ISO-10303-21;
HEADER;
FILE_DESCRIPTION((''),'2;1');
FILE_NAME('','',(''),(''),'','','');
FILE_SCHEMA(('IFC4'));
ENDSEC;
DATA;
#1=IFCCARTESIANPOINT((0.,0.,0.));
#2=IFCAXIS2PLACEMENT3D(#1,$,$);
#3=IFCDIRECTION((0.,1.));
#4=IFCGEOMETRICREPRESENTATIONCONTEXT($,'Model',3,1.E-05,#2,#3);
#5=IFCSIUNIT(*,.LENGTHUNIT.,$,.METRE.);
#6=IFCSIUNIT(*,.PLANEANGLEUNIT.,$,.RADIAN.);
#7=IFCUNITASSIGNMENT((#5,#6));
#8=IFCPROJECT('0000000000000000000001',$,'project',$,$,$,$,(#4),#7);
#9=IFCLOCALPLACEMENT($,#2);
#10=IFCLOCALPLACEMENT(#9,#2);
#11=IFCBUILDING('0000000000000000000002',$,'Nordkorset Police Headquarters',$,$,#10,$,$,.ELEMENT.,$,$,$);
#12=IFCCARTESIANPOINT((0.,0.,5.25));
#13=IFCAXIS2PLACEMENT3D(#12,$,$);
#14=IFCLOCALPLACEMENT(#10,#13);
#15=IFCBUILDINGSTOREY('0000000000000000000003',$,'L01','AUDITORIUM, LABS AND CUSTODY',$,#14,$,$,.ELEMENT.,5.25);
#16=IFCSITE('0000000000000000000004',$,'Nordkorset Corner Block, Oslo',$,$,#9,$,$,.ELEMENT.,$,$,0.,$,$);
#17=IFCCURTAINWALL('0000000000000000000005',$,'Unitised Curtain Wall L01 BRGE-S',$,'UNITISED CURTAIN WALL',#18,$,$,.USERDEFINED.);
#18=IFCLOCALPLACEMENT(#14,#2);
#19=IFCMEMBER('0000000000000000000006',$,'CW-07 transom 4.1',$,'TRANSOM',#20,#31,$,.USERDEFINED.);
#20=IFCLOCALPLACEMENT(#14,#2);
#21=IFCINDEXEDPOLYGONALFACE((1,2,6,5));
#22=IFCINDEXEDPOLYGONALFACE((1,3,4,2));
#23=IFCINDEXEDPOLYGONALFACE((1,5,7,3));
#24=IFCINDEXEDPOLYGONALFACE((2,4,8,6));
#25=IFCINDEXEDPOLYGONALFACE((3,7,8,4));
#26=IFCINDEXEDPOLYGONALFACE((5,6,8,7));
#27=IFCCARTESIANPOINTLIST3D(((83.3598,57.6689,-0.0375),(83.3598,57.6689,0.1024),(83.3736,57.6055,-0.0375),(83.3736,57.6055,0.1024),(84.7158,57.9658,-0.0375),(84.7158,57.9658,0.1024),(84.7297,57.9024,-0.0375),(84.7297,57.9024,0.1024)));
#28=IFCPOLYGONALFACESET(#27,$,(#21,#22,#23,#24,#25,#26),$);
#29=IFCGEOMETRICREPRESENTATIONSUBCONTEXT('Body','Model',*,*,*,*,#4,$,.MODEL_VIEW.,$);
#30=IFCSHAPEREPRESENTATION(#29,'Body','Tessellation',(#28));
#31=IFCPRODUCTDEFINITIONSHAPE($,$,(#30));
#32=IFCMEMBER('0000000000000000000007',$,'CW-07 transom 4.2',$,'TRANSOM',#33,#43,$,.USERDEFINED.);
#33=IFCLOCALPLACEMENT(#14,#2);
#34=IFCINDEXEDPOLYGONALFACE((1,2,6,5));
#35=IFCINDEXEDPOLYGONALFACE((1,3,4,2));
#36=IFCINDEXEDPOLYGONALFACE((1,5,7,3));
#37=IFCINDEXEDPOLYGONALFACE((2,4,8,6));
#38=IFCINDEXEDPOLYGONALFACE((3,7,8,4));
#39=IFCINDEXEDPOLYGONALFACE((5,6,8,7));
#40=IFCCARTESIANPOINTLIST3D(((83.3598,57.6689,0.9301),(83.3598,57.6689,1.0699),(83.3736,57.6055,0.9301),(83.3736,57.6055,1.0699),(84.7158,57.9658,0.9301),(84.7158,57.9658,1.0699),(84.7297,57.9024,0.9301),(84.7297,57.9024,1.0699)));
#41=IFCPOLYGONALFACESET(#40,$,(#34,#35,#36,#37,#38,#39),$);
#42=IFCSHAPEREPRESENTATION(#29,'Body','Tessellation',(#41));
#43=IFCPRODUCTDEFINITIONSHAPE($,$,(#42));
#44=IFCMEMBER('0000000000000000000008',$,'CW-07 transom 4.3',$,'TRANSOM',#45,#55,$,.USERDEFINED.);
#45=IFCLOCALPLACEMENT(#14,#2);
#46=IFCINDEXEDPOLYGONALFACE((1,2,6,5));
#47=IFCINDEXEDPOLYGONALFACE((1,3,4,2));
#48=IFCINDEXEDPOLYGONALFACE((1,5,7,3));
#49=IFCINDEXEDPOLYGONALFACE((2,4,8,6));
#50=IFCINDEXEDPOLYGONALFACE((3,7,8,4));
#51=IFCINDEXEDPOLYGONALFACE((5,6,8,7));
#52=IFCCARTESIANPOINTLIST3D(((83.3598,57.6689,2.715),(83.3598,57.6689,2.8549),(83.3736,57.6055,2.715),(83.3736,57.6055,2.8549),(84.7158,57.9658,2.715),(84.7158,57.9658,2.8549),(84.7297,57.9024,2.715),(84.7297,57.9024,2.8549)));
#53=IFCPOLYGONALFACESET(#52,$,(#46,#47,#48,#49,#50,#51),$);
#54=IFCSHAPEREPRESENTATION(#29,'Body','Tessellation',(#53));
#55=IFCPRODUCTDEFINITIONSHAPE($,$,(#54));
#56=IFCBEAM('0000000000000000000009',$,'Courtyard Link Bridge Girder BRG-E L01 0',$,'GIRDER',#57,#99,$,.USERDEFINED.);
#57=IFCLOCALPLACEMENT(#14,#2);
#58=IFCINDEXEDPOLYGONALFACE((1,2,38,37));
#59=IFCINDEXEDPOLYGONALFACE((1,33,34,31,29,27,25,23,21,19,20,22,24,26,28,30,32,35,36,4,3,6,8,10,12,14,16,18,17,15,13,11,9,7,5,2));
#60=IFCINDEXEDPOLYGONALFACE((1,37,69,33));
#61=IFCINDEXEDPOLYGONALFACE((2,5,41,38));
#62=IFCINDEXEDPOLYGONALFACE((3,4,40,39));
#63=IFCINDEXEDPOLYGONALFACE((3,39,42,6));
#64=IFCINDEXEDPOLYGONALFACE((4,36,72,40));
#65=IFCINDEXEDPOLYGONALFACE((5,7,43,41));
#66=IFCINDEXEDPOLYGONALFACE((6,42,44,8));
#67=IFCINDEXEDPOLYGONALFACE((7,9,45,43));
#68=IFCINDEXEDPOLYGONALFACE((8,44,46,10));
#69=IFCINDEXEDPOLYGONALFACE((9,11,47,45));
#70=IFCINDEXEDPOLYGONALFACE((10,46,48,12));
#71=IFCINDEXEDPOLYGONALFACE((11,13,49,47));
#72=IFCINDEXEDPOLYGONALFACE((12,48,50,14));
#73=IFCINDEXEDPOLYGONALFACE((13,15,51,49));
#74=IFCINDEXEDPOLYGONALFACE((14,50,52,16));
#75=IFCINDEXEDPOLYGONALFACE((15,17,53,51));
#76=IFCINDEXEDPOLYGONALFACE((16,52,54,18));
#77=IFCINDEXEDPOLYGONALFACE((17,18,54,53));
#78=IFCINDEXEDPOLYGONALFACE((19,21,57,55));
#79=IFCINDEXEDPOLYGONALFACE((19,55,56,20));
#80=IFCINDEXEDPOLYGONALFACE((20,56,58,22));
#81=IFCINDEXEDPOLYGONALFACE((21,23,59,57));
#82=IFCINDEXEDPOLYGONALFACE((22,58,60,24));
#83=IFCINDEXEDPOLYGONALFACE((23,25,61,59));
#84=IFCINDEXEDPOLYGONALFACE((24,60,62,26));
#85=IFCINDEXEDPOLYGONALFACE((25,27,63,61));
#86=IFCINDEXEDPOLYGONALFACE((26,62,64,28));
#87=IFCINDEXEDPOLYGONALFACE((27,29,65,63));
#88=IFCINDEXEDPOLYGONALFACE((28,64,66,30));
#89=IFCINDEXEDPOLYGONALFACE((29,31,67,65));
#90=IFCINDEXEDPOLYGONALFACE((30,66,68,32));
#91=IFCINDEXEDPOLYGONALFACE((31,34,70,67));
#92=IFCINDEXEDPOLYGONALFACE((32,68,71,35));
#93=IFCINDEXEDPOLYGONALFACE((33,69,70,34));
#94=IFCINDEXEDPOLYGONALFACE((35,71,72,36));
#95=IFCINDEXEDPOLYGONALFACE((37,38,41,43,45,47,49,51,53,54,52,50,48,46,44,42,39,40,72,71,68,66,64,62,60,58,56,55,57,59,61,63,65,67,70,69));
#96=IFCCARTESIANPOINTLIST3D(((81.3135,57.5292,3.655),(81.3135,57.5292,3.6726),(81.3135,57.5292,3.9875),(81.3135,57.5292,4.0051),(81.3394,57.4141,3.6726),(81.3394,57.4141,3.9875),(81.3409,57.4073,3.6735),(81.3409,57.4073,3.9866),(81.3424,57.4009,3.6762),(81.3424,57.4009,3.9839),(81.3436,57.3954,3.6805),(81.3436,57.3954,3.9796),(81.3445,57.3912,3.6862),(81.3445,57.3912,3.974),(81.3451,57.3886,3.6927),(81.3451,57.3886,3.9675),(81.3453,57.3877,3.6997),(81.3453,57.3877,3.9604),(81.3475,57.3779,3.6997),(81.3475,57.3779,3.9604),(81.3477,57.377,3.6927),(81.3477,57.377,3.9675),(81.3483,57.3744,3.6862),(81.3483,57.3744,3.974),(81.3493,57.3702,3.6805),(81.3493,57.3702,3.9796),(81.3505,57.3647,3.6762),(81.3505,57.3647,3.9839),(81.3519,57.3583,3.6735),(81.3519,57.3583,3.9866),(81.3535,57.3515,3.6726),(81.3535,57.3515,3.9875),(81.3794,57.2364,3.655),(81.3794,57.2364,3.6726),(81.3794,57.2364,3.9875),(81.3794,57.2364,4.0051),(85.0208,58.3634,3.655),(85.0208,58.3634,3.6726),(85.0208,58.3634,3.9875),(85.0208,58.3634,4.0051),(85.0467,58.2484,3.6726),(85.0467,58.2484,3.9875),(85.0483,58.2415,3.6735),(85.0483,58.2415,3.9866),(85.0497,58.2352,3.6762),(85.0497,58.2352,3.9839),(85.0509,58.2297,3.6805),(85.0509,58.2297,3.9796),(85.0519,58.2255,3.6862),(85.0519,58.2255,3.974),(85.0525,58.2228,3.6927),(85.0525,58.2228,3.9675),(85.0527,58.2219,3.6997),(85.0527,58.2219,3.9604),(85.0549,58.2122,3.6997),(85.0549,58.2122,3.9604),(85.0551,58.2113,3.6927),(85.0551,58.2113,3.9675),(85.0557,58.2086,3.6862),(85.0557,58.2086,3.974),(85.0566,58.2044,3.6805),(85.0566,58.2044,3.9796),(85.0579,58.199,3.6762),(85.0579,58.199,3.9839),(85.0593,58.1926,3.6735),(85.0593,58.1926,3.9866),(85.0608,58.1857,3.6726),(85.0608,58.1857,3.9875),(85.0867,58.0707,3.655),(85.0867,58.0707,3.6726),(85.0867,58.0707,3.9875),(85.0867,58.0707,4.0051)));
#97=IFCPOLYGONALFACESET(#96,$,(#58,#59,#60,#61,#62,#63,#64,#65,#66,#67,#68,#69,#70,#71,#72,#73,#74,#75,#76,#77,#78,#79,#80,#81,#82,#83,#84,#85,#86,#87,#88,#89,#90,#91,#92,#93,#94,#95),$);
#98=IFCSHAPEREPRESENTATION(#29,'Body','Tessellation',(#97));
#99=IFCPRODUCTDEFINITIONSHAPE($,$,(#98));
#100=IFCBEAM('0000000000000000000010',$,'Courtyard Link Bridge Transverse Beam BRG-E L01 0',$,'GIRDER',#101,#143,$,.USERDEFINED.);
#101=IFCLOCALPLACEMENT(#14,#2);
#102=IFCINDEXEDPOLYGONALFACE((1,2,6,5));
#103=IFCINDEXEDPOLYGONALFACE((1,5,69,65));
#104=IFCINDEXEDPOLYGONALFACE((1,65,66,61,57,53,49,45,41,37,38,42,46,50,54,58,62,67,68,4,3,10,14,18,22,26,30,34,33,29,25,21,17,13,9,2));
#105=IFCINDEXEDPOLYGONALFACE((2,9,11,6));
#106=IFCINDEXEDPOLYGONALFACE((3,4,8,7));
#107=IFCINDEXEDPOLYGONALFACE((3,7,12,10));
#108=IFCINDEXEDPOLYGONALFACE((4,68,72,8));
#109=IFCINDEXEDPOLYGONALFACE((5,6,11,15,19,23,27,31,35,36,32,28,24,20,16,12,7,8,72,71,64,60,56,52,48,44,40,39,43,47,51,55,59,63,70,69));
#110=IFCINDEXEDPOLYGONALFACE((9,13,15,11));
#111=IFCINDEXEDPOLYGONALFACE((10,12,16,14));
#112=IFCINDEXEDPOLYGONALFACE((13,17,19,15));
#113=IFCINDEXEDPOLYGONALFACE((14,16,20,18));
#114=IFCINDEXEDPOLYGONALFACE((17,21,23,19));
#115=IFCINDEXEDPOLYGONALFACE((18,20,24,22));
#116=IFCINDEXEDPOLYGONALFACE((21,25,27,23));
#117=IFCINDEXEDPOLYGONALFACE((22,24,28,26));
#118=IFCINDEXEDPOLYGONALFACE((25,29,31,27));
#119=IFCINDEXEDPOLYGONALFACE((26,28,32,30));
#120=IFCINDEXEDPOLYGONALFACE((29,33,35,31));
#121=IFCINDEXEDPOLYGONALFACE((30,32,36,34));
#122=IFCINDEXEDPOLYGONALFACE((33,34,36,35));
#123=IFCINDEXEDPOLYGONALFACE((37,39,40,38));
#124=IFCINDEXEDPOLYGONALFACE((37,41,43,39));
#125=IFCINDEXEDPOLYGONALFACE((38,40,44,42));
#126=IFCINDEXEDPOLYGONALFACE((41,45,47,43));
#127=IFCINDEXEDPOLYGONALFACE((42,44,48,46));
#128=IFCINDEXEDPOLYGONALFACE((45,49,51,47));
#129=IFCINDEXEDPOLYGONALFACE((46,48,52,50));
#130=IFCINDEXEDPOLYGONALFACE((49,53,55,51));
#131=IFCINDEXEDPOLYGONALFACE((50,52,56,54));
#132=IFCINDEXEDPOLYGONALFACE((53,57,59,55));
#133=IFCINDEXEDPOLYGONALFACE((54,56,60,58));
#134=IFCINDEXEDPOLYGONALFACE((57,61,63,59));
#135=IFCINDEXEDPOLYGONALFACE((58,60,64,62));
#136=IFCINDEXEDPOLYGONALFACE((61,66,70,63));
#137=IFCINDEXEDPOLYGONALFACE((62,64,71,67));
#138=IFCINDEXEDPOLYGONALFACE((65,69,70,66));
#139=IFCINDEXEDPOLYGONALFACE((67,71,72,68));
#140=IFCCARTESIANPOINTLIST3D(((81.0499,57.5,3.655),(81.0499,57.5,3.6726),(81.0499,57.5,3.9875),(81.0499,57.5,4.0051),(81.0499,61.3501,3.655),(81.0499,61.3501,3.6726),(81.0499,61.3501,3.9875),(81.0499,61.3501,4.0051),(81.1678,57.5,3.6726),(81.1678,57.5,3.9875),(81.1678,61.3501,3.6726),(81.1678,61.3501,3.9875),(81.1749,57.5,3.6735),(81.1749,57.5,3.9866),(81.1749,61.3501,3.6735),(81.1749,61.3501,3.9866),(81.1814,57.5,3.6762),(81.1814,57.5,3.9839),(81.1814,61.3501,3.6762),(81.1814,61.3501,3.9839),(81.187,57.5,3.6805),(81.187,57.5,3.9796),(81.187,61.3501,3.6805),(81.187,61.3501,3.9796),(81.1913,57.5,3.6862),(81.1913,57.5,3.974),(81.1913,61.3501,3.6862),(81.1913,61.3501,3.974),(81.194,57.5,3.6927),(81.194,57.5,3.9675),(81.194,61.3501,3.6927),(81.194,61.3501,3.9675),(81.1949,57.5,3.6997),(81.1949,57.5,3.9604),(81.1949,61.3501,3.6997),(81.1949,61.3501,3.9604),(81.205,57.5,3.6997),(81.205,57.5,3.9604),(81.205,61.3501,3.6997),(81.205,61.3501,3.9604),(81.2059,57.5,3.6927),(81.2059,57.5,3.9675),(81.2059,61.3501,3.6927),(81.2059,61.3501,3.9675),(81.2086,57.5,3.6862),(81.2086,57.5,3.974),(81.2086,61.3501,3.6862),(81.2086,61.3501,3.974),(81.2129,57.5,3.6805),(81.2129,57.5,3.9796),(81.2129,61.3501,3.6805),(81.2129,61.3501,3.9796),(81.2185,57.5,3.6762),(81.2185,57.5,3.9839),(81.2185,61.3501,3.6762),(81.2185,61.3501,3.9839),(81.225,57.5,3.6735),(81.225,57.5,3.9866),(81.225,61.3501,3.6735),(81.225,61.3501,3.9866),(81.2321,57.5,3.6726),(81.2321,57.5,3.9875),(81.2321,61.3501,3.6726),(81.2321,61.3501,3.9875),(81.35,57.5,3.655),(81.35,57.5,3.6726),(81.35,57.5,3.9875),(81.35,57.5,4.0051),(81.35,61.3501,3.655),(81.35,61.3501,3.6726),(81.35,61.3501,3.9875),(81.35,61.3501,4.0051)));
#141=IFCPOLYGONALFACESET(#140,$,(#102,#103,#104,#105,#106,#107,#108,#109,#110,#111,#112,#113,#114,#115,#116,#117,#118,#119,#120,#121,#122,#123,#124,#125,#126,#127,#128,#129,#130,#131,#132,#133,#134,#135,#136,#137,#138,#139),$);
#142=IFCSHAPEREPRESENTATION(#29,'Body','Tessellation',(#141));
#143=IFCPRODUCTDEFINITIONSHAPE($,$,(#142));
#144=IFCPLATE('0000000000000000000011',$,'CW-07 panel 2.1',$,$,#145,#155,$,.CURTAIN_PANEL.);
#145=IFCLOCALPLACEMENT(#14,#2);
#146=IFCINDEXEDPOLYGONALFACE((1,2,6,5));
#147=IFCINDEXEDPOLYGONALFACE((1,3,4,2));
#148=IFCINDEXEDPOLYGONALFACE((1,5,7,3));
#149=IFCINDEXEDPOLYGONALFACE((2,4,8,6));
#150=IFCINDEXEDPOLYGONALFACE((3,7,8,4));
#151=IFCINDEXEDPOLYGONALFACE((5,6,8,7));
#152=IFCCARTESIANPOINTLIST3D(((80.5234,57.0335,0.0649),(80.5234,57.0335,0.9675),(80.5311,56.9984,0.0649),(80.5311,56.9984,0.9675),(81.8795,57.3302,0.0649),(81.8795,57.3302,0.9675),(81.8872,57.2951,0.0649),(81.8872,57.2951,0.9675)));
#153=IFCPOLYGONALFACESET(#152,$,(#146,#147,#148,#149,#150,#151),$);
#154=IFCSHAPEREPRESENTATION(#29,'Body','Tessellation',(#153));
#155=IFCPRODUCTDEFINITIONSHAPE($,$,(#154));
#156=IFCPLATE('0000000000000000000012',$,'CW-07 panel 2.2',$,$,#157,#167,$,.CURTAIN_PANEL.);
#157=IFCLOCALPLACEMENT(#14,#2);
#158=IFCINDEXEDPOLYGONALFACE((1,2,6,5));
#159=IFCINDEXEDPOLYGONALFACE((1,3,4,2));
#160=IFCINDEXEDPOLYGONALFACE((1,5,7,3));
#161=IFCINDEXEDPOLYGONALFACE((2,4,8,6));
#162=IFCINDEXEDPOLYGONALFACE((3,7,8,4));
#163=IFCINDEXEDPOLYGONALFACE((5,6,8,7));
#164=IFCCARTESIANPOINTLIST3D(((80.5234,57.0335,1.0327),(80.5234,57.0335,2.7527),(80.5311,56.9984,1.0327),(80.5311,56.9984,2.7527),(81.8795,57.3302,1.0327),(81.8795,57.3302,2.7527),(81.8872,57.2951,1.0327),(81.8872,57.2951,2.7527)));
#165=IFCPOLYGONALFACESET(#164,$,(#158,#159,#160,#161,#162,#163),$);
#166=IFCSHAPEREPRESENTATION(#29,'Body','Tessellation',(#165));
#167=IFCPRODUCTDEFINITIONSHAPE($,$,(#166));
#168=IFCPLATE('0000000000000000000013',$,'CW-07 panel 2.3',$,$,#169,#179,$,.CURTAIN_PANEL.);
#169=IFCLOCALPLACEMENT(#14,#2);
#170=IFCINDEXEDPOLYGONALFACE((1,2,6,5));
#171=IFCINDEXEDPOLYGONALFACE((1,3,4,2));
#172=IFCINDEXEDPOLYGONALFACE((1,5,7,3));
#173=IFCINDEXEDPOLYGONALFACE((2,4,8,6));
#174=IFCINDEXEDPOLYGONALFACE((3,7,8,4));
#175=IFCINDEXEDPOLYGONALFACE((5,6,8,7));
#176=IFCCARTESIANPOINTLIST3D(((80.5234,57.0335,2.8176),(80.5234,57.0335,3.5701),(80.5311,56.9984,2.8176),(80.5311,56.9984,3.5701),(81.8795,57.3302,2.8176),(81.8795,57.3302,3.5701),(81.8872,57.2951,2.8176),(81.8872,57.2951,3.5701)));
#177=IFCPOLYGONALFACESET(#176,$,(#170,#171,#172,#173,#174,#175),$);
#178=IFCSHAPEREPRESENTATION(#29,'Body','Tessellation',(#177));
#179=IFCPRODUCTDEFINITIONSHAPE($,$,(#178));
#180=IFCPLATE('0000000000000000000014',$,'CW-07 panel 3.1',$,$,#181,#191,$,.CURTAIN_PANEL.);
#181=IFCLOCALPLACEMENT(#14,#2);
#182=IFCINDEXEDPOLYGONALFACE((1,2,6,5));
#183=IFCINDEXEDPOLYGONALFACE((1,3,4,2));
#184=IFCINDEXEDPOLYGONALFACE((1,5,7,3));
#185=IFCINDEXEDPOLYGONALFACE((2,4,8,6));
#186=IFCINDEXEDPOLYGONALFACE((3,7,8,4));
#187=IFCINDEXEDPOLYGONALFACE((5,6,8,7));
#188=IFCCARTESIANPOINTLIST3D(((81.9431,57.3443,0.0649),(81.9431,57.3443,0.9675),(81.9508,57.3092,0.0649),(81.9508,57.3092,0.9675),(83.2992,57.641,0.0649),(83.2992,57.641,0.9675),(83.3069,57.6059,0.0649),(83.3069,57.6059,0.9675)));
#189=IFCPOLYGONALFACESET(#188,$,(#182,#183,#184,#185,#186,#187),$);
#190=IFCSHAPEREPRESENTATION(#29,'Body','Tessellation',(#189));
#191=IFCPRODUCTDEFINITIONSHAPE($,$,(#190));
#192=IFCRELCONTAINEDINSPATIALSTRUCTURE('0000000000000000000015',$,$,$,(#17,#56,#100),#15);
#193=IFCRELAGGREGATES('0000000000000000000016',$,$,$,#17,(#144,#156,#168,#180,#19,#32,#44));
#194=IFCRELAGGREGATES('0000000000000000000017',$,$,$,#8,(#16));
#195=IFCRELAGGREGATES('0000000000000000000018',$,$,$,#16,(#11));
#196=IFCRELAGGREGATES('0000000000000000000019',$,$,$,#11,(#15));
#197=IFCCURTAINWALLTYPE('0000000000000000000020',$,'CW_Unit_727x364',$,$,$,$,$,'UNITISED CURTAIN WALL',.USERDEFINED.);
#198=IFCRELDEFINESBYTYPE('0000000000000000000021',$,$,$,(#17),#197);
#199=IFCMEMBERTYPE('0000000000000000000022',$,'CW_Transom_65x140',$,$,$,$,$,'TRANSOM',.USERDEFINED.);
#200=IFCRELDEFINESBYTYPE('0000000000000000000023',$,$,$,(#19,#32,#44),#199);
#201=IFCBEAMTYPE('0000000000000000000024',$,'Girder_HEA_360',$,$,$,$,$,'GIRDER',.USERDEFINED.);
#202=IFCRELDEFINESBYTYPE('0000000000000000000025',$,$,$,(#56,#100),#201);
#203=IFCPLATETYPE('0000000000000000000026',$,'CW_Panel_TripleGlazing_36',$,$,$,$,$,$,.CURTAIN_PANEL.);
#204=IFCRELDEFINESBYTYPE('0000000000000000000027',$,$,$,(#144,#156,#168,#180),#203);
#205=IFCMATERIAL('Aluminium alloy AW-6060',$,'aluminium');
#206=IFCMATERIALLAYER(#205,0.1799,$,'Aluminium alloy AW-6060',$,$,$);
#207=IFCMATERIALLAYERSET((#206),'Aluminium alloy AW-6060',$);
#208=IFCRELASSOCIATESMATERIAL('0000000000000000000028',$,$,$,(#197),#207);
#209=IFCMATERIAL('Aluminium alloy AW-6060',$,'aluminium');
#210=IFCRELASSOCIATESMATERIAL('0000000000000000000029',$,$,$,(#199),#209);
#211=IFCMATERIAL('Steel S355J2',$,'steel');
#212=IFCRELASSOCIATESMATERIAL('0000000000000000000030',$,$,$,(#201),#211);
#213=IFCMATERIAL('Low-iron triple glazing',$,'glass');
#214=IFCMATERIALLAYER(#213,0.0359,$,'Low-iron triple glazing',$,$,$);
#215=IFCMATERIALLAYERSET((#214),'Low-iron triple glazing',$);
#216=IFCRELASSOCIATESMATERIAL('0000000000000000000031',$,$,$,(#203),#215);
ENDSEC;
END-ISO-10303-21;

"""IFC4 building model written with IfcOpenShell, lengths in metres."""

from ifc_helpers import new_model, si_unit, direction, frame, origin, origin_2d, place, context, subcontext, project, spatial, rectangle, i_section, extrude, material, layer, layer_set, material_profile, profile_set, type_object, element, aggregate, save


model = new_model("IFC4")

# Units and contexts
model_context = context("Model", 3, precision=1e-05, world=origin(), true_north=direction((0.0, 1.0)))
body_context = subcontext(model_context, "Body", "Model", "MODEL_VIEW")
ifc_project = project(units=[si_unit("LENGTHUNIT", "METRE"), si_unit("PLANEANGLEUNIT", "RADIAN")], contexts=[model_context])

# Site, building, storey
site_placement = place(None, origin())
site = spatial("IfcSite", under=ifc_project, at=site_placement, Name="Nordkorset Corner Block, Oslo", CompositionType="ELEMENT", RefElevation=0.0)
building_placement = place(site_placement, origin())
building = spatial("IfcBuilding", under=site, at=building_placement, Name="Nordkorset Police Headquarters", CompositionType="ELEMENT")
storey_placement = place(building_placement, frame((0.0, 0.0, 5.25)))
storey = spatial("IfcBuildingStorey", under=building, at=storey_placement, Name="L01", Description="AUDITORIUM, LABS AND CUSTODY", CompositionType="ELEMENT", Elevation=5.25)

# Curtain wall, members
ifc_material_1 = material(Name="Aluminium alloy AW-6060", Category="aluminium")
ifc_layer_1 = layer(ifc_material_1, 0.1799, Name="Aluminium alloy AW-6060")
ifc_layer_set_1 = layer_set([ifc_layer_1], Name="Aluminium alloy AW-6060")
curtain_wall_type = type_object("IfcCurtainWallType", Name="CW_Unit_727x364", ElementType="UNITISED CURTAIN WALL", PredefinedType="USERDEFINED", material=ifc_layer_set_1)
curtain_wall_placement = place(storey_placement, origin())
curtain_wall = element("IfcCurtainWall", 1, at=curtain_wall_placement, inside=storey, type_object=curtain_wall_type, Name="Unitised Curtain Wall L01 BRGE-S", ObjectType="UNITISED CURTAIN WALL", PredefinedType="USERDEFINED")
ifc_material_2 = material(Name="Aluminium alloy AW-6060", Category="aluminium")
ifc_material_profile_1 = material_profile(ifc_material_2, rectangle(XDim=0.0649, YDim=0.1399, at=origin_2d()), Name="ALU TRAN 65x140")
ifc_profile_set_1 = profile_set([ifc_material_profile_1], Name="Aluminium alloy AW-6060")
member_type_1 = type_object("IfcMemberType", Name="CW_Transom_65x140", ElementType="TRANSOM", PredefinedType="USERDEFINED", material=ifc_profile_set_1)
member_1_placement = place(storey_placement, frame((83.3667, 57.6372, 0.0325), z_axis=(0.976861, 0.213875, 0.0), x_axis=(-0.213875, 0.976861, 0.0)))
member_1 = element("IfcMember", 2, at=member_1_placement, type_object=member_type_1, Name="CW-07 transom 4.1", ObjectType="TRANSOM", PredefinedType="USERDEFINED", context=body_context, shape_type="SweptSolid", body=[
    extrude(rectangle(XDim=0.0649, YDim=0.1399, at=origin_2d()), origin(), (0.0, 0.0, 1.0), 1.3882),
])
member_2_placement = place(storey_placement, frame((83.3667, 57.6372, 1.0), z_axis=(0.976861, 0.213875, 0.0), x_axis=(-0.213875, 0.976861, 0.0)))
member_2 = element("IfcMember", 3, at=member_2_placement, type_object=member_type_1, Name="CW-07 transom 4.2", ObjectType="TRANSOM", PredefinedType="USERDEFINED", context=body_context, shape_type="SweptSolid", body=[
    extrude(rectangle(XDim=0.0649, YDim=0.1399, at=origin_2d()), origin(), (0.0, 0.0, 1.0), 1.3882),
])
member_3_placement = place(storey_placement, frame((83.3667, 57.6372, 2.7849), z_axis=(0.976861, 0.213875, 0.0), x_axis=(-0.213875, 0.976861, 0.0)))
member_3 = element("IfcMember", 4, at=member_3_placement, type_object=member_type_1, Name="CW-07 transom 4.3", ObjectType="TRANSOM", PredefinedType="USERDEFINED", context=body_context, shape_type="SweptSolid", body=[
    extrude(rectangle(XDim=0.0649, YDim=0.1399, at=origin_2d()), origin(), (0.0, 0.0, 1.0), 1.3882),
])

# Beams
ifc_material_3 = material(Name="Steel S355J2", Category="steel")
ifc_material_profile_2 = material_profile(ifc_material_3, i_section(OverallWidth=0.3, OverallDepth=0.3501, WebThickness=0.01, FlangeThickness=0.0176, FilletRadius=0.0271, at=origin_2d()), Name="HEA 360")
ifc_profile_set_2 = profile_set([ifc_material_profile_2], Name="Steel S355J2")
beam_type = type_object("IfcBeamType", Name="Girder_HEA_360", ElementType="GIRDER", PredefinedType="USERDEFINED", material=ifc_profile_set_2)
beam_1_placement = place(storey_placement, frame((81.3464, 57.3828, 3.8301), z_axis=(0.975605, 0.219535, 0.0), x_axis=(-0.219535, 0.975605, 0.0)))
element("IfcBeam", 5, at=beam_1_placement, inside=storey, type_object=beam_type, Name="Courtyard Link Bridge Girder BRG-E L01 0", ObjectType="GIRDER", PredefinedType="USERDEFINED", context=body_context, shape_type="SweptSolid", body=[
    extrude(i_section(OverallWidth=0.3, OverallDepth=0.3501, WebThickness=0.01, FlangeThickness=0.0176, FilletRadius=0.0271, at=origin_2d()), origin(), (0.0, 0.0, 1.0), 3.8),
])
beam_2_placement = place(storey_placement, frame((81.2, 57.5, 3.8301), z_axis=(0.0, 1.0, 0.0), x_axis=(-1.0, 0.0, 0.0)))
element("IfcBeam", 6, at=beam_2_placement, inside=storey, type_object=beam_type, Name="Courtyard Link Bridge Transverse Beam BRG-E L01 0", ObjectType="GIRDER", PredefinedType="USERDEFINED", context=body_context, shape_type="SweptSolid", body=[
    extrude(i_section(OverallWidth=0.3, OverallDepth=0.3501, WebThickness=0.01, FlangeThickness=0.0176, FilletRadius=0.0271, at=origin_2d()), origin(), (0.0, 0.0, 1.0), 3.8501),
])

# Plates
ifc_material_4 = material(Name="Low-iron triple glazing", Category="glass")
ifc_layer_2 = layer(ifc_material_4, 0.0359, Name="Low-iron triple glazing")
ifc_layer_set_2 = layer_set([ifc_layer_2], Name="Low-iron triple glazing")
plate_type_1 = type_object("IfcPlateType", Name="CW_Panel_TripleGlazing_36", PredefinedType="CURTAIN_PANEL", material=ifc_layer_set_2)
plate_1_placement = place(storey_placement, frame((81.2053, 57.1643, 0.0649), z_axis=(0.0, 0.0, 1.0), x_axis=(0.976891, 0.213737, 0.0)))
plate_1 = element("IfcPlate", 7, at=plate_1_placement, type_object=plate_type_1, Name="CW-07 panel 2.1", PredefinedType="CURTAIN_PANEL", context=body_context, shape_type="SweptSolid", body=[
    extrude(rectangle(XDim=1.3882, YDim=0.0359, at=origin_2d()), origin(), (0.0, 0.0, 1.0), 0.9026),
])
plate_2_placement = place(storey_placement, frame((81.2053, 57.1643, 1.0327), z_axis=(0.0, 0.0, 1.0), x_axis=(0.976891, 0.213737, 0.0)))
plate_2 = element("IfcPlate", 8, at=plate_2_placement, type_object=plate_type_1, Name="CW-07 panel 2.2", PredefinedType="CURTAIN_PANEL", context=body_context, shape_type="SweptSolid", body=[
    extrude(rectangle(XDim=1.3882, YDim=0.0359, at=origin_2d()), origin(), (0.0, 0.0, 1.0), 1.72),
])
plate_3_placement = place(storey_placement, frame((81.2053, 57.1643, 2.8176), z_axis=(0.0, 0.0, 1.0), x_axis=(0.976891, 0.213737, 0.0)))
plate_3 = element("IfcPlate", 9, at=plate_3_placement, type_object=plate_type_1, Name="CW-07 panel 2.3", PredefinedType="CURTAIN_PANEL", context=body_context, shape_type="SweptSolid", body=[
    extrude(rectangle(XDim=1.3882, YDim=0.0359, at=origin_2d()), origin(), (0.0, 0.0, 1.0), 0.7524),
])
plate_4_placement = place(storey_placement, frame((82.625, 57.4751, 0.0649), z_axis=(0.0, 0.0, 1.0), x_axis=(0.976891, 0.213737, 0.0)))
plate_4 = element("IfcPlate", 10, at=plate_4_placement, type_object=plate_type_1, Name="CW-07 panel 3.1", PredefinedType="CURTAIN_PANEL", context=body_context, shape_type="SweptSolid", body=[
    extrude(rectangle(XDim=1.3882, YDim=0.0359, at=origin_2d()), origin(), (0.0, 0.0, 1.0), 0.9026),
])
aggregate(curtain_wall, [plate_1, plate_2, plate_3, plate_4, member_1, member_2, member_3])

save(model, "model.ifc")
